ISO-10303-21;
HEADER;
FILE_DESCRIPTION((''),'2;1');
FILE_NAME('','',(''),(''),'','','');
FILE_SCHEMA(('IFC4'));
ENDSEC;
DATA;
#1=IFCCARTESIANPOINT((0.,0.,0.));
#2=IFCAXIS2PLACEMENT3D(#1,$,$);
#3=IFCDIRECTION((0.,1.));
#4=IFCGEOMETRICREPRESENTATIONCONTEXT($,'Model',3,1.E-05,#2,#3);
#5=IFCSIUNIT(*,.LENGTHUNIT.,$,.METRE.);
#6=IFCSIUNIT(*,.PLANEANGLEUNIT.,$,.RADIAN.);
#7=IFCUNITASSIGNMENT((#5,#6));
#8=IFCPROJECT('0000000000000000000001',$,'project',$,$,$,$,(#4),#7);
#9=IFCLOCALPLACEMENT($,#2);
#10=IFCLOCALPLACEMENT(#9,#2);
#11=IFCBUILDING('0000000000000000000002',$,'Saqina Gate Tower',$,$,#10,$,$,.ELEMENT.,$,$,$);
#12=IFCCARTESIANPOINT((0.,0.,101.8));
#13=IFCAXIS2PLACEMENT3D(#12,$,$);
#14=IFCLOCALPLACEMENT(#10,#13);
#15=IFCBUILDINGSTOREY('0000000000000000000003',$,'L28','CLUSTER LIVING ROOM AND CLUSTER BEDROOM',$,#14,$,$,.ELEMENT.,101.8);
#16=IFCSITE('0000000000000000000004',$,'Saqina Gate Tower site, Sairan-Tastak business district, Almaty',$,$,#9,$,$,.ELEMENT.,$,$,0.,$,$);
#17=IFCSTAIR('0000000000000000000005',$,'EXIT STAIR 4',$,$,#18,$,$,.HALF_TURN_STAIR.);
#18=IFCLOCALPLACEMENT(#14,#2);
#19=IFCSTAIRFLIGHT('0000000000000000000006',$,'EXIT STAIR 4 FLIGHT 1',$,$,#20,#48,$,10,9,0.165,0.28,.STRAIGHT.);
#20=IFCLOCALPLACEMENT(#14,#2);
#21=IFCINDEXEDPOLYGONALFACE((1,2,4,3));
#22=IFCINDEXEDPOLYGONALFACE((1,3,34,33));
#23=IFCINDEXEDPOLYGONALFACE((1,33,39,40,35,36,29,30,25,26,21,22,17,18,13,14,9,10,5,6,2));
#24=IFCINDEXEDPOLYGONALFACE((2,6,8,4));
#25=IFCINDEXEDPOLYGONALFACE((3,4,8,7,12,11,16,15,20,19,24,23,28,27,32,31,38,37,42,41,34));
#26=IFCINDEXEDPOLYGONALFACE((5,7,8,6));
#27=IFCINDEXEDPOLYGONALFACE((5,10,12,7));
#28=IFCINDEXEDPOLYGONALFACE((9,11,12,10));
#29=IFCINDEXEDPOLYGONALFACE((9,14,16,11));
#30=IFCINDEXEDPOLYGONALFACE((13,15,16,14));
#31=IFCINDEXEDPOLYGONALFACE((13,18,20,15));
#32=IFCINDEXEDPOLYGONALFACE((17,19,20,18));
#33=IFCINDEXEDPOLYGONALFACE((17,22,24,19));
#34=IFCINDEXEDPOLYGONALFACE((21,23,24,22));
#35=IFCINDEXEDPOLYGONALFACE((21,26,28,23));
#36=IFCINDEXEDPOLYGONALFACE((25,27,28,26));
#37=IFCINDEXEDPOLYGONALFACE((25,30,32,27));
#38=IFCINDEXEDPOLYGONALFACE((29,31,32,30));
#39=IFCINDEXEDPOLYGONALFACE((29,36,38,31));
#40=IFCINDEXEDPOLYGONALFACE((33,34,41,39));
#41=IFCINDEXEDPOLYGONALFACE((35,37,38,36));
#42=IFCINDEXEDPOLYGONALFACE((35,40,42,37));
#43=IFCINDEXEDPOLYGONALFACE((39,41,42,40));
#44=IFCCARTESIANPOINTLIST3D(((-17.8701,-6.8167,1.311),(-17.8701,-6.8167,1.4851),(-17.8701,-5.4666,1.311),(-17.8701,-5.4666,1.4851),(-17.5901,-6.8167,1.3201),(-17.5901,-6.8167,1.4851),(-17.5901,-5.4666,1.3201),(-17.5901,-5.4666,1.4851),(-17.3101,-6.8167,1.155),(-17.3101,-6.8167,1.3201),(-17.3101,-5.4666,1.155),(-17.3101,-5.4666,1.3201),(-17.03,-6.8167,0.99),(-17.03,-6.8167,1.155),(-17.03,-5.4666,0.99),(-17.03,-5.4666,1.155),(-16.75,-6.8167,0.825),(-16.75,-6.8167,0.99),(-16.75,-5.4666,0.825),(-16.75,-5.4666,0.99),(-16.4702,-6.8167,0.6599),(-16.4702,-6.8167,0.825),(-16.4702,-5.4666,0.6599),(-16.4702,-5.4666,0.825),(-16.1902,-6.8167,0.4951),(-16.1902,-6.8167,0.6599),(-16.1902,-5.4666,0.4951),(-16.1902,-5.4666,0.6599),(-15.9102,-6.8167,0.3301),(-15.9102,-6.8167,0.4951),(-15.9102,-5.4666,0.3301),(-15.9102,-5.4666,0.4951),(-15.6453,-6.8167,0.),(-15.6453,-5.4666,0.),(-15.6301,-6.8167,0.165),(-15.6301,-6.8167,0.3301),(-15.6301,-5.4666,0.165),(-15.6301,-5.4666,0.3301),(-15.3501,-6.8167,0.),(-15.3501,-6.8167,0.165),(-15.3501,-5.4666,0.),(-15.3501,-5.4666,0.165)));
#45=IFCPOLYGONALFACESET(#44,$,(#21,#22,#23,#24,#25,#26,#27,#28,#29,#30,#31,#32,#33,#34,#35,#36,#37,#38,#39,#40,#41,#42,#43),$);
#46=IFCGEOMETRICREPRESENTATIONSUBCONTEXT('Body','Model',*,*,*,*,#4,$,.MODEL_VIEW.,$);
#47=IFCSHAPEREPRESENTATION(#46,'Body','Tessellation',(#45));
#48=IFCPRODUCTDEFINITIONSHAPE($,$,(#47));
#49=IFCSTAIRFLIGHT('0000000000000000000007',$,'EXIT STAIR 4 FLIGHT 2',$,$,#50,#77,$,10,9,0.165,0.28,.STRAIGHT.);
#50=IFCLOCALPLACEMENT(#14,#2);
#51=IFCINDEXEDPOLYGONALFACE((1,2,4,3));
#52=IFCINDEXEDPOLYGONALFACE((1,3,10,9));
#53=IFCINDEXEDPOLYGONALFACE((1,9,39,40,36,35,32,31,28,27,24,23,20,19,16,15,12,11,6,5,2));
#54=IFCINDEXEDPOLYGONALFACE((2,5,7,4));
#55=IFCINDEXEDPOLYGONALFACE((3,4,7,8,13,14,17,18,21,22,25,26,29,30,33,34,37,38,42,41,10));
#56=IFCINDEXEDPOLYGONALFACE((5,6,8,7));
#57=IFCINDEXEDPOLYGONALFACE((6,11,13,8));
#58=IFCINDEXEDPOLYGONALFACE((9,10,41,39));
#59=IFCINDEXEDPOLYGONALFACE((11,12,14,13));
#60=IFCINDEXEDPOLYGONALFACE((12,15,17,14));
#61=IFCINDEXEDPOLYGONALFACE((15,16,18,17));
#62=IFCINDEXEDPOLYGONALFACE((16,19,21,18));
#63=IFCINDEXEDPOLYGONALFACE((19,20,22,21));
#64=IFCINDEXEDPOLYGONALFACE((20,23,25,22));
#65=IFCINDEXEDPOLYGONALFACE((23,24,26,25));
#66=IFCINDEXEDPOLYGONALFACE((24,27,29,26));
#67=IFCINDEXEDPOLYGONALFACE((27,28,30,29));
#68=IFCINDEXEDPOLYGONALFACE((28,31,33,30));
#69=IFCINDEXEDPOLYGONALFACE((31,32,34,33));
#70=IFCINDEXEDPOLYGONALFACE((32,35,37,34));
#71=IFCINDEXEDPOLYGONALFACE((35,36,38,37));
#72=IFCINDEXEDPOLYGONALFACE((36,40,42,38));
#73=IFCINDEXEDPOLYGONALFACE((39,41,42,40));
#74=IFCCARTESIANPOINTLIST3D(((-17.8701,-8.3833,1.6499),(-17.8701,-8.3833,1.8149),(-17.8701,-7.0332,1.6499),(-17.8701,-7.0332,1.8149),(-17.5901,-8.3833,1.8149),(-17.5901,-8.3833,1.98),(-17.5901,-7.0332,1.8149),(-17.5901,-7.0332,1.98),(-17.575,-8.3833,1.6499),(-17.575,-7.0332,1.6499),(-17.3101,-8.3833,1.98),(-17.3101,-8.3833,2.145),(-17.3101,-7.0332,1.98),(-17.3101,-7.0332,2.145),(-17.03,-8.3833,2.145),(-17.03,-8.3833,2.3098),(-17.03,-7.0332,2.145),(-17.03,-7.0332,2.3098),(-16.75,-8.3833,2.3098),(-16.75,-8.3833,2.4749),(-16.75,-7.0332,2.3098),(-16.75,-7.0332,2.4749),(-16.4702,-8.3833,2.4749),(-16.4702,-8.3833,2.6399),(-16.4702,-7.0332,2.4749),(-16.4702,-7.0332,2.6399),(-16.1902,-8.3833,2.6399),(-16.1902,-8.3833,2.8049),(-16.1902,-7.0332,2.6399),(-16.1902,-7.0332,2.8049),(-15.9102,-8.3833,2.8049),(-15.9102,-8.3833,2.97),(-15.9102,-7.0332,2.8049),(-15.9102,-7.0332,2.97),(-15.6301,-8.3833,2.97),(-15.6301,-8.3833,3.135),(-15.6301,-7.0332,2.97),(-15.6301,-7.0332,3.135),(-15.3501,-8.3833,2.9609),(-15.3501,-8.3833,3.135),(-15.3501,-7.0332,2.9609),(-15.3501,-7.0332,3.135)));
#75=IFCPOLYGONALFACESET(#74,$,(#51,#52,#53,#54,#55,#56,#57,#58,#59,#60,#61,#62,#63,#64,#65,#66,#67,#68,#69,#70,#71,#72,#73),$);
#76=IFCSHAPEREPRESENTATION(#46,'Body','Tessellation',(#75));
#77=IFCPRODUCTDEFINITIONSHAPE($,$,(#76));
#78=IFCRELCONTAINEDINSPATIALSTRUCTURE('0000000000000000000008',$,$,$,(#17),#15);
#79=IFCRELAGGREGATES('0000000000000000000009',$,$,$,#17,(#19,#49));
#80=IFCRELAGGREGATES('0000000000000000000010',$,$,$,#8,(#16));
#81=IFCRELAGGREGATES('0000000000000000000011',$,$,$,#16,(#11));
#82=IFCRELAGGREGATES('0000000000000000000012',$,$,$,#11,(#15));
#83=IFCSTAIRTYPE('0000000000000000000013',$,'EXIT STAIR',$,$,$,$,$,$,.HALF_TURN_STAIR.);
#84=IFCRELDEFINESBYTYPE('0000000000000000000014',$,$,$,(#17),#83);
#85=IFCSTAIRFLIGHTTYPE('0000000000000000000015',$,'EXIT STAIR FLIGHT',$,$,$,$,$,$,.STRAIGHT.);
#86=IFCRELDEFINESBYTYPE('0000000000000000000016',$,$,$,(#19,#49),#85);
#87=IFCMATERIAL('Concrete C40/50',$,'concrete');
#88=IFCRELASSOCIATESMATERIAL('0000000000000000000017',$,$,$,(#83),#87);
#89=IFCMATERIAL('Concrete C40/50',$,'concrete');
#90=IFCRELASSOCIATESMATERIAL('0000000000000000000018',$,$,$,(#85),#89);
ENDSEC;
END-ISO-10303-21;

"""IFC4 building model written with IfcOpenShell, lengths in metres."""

from ifc_helpers import new_model, si_unit, direction, frame, origin, place, context, subcontext, project, spatial, polyline, outline, extrude, material, type_object, element, aggregate, save


model = new_model("IFC4")

# Units and contexts
model_context = context("Model", 3, precision=1e-05, world=origin(), true_north=direction((0.0, 1.0)))
body_context = subcontext(model_context, "Body", "Model", "MODEL_VIEW")
ifc_project = project(units=[si_unit("LENGTHUNIT", "METRE"), si_unit("PLANEANGLEUNIT", "RADIAN")], contexts=[model_context])

# Site, building, storey
site_placement = place(None, origin())
site = spatial("IfcSite", under=ifc_project, at=site_placement, Name="Saqina Gate Tower site, Sairan-Tastak business district, Almaty", CompositionType="ELEMENT", RefElevation=0.0)
building_placement = place(site_placement, origin())
building = spatial("IfcBuilding", under=site, at=building_placement, Name="Saqina Gate Tower", CompositionType="ELEMENT")
storey_placement = place(building_placement, frame((0.0, 0.0, 101.8)))
storey = spatial("IfcBuildingStorey", under=building, at=storey_placement, Name="L28", Description="CLUSTER LIVING ROOM AND CLUSTER BEDROOM", CompositionType="ELEMENT", Elevation=101.8)

# Stair, stair flights
ifc_material_1 = material(Name="Concrete C40/50", Category="concrete")
stair_type = type_object("IfcStairType", Name="EXIT STAIR", PredefinedType="HALF_TURN_STAIR", material=ifc_material_1)
stair_placement = place(storey_placement, origin())
stair = element("IfcStair", 1, at=stair_placement, inside=storey, type_object=stair_type, Name="EXIT STAIR 4", PredefinedType="HALF_TURN_STAIR")
ifc_material_2 = material(Name="Concrete C40/50", Category="concrete")
stair_flight_type = type_object("IfcStairFlightType", Name="EXIT STAIR FLIGHT", PredefinedType="STRAIGHT", material=ifc_material_2)
stair_flight_1_placement = place(storey_placement, frame((-15.3501, -6.1416, 0.0), z_axis=(0.0, 0.0, 1.0), x_axis=(-1.0, 0.0, 0.0)))
stair_flight_1 = element("IfcStairFlight", 2, at=stair_flight_1_placement, type_object=stair_flight_type, Name="EXIT STAIR 4 FLIGHT 1", NumberOfRisers=10, NumberOfTreads=9, PredefinedType="STRAIGHT", RiserHeight=0.165, TreadLength=0.28, context=body_context, shape_type="SweptSolid", body=[
    extrude(outline(polyline([(0.0, 0.0), (0.0, 0.165), (0.28, 0.165), (0.28, 0.3301), (0.5601, 0.3301), (0.5601, 0.4951), (0.8401, 0.4951), (0.8401, 0.6599), (1.1201, 0.6599), (1.1201, 0.825), (1.3999, 0.825), (1.3999, 0.99), (1.6799, 0.99), (1.6799, 1.155), (1.96, 1.155), (1.96, 1.3201), (2.24, 1.3201), (2.24, 1.4851), (2.52, 1.4851), (2.52, 1.6499), (2.52, 1.311), (0.2952, 0.0), (0.0, 0.0)])), frame((0.0, 0.675, 0.0), z_axis=(0.0, -1.0, 0.0), x_axis=(1.0, 0.0, 0.0)), (0.0, 0.0, 1.0), 1.3501),
])
stair_flight_2_placement = place(storey_placement, frame((-17.8701, -7.7083, 1.6499), z_axis=(0.0, 0.0, 1.0), x_axis=(1.0, 0.0, 0.0)))
stair_flight_2 = element("IfcStairFlight", 3, at=stair_flight_2_placement, type_object=stair_flight_type, Name="EXIT STAIR 4 FLIGHT 2", NumberOfRisers=10, NumberOfTreads=9, PredefinedType="STRAIGHT", RiserHeight=0.165, TreadLength=0.28, context=body_context, shape_type="SweptSolid", body=[
    extrude(outline(polyline([(0.0, 0.0), (0.0, 0.165), (0.28, 0.165), (0.28, 0.3301), (0.5601, 0.3301), (0.5601, 0.4951), (0.8401, 0.4951), (0.8401, 0.6599), (1.1201, 0.6599), (1.1201, 0.825), (1.3999, 0.825), (1.3999, 0.99), (1.6799, 0.99), (1.6799, 1.155), (1.96, 1.155), (1.96, 1.3201), (2.24, 1.3201), (2.24, 1.4851), (2.52, 1.4851), (2.52, 1.6499), (2.52, 1.311), (0.2952, 0.0), (0.0, 0.0)])), frame((0.0, 0.675, 0.0), z_axis=(0.0, -1.0, 0.0), x_axis=(1.0, 0.0, 0.0)), (0.0, 0.0, 1.0), 1.3501),
])
aggregate(stair, [stair_flight_1, stair_flight_2])

save(model, "model.ifc")
